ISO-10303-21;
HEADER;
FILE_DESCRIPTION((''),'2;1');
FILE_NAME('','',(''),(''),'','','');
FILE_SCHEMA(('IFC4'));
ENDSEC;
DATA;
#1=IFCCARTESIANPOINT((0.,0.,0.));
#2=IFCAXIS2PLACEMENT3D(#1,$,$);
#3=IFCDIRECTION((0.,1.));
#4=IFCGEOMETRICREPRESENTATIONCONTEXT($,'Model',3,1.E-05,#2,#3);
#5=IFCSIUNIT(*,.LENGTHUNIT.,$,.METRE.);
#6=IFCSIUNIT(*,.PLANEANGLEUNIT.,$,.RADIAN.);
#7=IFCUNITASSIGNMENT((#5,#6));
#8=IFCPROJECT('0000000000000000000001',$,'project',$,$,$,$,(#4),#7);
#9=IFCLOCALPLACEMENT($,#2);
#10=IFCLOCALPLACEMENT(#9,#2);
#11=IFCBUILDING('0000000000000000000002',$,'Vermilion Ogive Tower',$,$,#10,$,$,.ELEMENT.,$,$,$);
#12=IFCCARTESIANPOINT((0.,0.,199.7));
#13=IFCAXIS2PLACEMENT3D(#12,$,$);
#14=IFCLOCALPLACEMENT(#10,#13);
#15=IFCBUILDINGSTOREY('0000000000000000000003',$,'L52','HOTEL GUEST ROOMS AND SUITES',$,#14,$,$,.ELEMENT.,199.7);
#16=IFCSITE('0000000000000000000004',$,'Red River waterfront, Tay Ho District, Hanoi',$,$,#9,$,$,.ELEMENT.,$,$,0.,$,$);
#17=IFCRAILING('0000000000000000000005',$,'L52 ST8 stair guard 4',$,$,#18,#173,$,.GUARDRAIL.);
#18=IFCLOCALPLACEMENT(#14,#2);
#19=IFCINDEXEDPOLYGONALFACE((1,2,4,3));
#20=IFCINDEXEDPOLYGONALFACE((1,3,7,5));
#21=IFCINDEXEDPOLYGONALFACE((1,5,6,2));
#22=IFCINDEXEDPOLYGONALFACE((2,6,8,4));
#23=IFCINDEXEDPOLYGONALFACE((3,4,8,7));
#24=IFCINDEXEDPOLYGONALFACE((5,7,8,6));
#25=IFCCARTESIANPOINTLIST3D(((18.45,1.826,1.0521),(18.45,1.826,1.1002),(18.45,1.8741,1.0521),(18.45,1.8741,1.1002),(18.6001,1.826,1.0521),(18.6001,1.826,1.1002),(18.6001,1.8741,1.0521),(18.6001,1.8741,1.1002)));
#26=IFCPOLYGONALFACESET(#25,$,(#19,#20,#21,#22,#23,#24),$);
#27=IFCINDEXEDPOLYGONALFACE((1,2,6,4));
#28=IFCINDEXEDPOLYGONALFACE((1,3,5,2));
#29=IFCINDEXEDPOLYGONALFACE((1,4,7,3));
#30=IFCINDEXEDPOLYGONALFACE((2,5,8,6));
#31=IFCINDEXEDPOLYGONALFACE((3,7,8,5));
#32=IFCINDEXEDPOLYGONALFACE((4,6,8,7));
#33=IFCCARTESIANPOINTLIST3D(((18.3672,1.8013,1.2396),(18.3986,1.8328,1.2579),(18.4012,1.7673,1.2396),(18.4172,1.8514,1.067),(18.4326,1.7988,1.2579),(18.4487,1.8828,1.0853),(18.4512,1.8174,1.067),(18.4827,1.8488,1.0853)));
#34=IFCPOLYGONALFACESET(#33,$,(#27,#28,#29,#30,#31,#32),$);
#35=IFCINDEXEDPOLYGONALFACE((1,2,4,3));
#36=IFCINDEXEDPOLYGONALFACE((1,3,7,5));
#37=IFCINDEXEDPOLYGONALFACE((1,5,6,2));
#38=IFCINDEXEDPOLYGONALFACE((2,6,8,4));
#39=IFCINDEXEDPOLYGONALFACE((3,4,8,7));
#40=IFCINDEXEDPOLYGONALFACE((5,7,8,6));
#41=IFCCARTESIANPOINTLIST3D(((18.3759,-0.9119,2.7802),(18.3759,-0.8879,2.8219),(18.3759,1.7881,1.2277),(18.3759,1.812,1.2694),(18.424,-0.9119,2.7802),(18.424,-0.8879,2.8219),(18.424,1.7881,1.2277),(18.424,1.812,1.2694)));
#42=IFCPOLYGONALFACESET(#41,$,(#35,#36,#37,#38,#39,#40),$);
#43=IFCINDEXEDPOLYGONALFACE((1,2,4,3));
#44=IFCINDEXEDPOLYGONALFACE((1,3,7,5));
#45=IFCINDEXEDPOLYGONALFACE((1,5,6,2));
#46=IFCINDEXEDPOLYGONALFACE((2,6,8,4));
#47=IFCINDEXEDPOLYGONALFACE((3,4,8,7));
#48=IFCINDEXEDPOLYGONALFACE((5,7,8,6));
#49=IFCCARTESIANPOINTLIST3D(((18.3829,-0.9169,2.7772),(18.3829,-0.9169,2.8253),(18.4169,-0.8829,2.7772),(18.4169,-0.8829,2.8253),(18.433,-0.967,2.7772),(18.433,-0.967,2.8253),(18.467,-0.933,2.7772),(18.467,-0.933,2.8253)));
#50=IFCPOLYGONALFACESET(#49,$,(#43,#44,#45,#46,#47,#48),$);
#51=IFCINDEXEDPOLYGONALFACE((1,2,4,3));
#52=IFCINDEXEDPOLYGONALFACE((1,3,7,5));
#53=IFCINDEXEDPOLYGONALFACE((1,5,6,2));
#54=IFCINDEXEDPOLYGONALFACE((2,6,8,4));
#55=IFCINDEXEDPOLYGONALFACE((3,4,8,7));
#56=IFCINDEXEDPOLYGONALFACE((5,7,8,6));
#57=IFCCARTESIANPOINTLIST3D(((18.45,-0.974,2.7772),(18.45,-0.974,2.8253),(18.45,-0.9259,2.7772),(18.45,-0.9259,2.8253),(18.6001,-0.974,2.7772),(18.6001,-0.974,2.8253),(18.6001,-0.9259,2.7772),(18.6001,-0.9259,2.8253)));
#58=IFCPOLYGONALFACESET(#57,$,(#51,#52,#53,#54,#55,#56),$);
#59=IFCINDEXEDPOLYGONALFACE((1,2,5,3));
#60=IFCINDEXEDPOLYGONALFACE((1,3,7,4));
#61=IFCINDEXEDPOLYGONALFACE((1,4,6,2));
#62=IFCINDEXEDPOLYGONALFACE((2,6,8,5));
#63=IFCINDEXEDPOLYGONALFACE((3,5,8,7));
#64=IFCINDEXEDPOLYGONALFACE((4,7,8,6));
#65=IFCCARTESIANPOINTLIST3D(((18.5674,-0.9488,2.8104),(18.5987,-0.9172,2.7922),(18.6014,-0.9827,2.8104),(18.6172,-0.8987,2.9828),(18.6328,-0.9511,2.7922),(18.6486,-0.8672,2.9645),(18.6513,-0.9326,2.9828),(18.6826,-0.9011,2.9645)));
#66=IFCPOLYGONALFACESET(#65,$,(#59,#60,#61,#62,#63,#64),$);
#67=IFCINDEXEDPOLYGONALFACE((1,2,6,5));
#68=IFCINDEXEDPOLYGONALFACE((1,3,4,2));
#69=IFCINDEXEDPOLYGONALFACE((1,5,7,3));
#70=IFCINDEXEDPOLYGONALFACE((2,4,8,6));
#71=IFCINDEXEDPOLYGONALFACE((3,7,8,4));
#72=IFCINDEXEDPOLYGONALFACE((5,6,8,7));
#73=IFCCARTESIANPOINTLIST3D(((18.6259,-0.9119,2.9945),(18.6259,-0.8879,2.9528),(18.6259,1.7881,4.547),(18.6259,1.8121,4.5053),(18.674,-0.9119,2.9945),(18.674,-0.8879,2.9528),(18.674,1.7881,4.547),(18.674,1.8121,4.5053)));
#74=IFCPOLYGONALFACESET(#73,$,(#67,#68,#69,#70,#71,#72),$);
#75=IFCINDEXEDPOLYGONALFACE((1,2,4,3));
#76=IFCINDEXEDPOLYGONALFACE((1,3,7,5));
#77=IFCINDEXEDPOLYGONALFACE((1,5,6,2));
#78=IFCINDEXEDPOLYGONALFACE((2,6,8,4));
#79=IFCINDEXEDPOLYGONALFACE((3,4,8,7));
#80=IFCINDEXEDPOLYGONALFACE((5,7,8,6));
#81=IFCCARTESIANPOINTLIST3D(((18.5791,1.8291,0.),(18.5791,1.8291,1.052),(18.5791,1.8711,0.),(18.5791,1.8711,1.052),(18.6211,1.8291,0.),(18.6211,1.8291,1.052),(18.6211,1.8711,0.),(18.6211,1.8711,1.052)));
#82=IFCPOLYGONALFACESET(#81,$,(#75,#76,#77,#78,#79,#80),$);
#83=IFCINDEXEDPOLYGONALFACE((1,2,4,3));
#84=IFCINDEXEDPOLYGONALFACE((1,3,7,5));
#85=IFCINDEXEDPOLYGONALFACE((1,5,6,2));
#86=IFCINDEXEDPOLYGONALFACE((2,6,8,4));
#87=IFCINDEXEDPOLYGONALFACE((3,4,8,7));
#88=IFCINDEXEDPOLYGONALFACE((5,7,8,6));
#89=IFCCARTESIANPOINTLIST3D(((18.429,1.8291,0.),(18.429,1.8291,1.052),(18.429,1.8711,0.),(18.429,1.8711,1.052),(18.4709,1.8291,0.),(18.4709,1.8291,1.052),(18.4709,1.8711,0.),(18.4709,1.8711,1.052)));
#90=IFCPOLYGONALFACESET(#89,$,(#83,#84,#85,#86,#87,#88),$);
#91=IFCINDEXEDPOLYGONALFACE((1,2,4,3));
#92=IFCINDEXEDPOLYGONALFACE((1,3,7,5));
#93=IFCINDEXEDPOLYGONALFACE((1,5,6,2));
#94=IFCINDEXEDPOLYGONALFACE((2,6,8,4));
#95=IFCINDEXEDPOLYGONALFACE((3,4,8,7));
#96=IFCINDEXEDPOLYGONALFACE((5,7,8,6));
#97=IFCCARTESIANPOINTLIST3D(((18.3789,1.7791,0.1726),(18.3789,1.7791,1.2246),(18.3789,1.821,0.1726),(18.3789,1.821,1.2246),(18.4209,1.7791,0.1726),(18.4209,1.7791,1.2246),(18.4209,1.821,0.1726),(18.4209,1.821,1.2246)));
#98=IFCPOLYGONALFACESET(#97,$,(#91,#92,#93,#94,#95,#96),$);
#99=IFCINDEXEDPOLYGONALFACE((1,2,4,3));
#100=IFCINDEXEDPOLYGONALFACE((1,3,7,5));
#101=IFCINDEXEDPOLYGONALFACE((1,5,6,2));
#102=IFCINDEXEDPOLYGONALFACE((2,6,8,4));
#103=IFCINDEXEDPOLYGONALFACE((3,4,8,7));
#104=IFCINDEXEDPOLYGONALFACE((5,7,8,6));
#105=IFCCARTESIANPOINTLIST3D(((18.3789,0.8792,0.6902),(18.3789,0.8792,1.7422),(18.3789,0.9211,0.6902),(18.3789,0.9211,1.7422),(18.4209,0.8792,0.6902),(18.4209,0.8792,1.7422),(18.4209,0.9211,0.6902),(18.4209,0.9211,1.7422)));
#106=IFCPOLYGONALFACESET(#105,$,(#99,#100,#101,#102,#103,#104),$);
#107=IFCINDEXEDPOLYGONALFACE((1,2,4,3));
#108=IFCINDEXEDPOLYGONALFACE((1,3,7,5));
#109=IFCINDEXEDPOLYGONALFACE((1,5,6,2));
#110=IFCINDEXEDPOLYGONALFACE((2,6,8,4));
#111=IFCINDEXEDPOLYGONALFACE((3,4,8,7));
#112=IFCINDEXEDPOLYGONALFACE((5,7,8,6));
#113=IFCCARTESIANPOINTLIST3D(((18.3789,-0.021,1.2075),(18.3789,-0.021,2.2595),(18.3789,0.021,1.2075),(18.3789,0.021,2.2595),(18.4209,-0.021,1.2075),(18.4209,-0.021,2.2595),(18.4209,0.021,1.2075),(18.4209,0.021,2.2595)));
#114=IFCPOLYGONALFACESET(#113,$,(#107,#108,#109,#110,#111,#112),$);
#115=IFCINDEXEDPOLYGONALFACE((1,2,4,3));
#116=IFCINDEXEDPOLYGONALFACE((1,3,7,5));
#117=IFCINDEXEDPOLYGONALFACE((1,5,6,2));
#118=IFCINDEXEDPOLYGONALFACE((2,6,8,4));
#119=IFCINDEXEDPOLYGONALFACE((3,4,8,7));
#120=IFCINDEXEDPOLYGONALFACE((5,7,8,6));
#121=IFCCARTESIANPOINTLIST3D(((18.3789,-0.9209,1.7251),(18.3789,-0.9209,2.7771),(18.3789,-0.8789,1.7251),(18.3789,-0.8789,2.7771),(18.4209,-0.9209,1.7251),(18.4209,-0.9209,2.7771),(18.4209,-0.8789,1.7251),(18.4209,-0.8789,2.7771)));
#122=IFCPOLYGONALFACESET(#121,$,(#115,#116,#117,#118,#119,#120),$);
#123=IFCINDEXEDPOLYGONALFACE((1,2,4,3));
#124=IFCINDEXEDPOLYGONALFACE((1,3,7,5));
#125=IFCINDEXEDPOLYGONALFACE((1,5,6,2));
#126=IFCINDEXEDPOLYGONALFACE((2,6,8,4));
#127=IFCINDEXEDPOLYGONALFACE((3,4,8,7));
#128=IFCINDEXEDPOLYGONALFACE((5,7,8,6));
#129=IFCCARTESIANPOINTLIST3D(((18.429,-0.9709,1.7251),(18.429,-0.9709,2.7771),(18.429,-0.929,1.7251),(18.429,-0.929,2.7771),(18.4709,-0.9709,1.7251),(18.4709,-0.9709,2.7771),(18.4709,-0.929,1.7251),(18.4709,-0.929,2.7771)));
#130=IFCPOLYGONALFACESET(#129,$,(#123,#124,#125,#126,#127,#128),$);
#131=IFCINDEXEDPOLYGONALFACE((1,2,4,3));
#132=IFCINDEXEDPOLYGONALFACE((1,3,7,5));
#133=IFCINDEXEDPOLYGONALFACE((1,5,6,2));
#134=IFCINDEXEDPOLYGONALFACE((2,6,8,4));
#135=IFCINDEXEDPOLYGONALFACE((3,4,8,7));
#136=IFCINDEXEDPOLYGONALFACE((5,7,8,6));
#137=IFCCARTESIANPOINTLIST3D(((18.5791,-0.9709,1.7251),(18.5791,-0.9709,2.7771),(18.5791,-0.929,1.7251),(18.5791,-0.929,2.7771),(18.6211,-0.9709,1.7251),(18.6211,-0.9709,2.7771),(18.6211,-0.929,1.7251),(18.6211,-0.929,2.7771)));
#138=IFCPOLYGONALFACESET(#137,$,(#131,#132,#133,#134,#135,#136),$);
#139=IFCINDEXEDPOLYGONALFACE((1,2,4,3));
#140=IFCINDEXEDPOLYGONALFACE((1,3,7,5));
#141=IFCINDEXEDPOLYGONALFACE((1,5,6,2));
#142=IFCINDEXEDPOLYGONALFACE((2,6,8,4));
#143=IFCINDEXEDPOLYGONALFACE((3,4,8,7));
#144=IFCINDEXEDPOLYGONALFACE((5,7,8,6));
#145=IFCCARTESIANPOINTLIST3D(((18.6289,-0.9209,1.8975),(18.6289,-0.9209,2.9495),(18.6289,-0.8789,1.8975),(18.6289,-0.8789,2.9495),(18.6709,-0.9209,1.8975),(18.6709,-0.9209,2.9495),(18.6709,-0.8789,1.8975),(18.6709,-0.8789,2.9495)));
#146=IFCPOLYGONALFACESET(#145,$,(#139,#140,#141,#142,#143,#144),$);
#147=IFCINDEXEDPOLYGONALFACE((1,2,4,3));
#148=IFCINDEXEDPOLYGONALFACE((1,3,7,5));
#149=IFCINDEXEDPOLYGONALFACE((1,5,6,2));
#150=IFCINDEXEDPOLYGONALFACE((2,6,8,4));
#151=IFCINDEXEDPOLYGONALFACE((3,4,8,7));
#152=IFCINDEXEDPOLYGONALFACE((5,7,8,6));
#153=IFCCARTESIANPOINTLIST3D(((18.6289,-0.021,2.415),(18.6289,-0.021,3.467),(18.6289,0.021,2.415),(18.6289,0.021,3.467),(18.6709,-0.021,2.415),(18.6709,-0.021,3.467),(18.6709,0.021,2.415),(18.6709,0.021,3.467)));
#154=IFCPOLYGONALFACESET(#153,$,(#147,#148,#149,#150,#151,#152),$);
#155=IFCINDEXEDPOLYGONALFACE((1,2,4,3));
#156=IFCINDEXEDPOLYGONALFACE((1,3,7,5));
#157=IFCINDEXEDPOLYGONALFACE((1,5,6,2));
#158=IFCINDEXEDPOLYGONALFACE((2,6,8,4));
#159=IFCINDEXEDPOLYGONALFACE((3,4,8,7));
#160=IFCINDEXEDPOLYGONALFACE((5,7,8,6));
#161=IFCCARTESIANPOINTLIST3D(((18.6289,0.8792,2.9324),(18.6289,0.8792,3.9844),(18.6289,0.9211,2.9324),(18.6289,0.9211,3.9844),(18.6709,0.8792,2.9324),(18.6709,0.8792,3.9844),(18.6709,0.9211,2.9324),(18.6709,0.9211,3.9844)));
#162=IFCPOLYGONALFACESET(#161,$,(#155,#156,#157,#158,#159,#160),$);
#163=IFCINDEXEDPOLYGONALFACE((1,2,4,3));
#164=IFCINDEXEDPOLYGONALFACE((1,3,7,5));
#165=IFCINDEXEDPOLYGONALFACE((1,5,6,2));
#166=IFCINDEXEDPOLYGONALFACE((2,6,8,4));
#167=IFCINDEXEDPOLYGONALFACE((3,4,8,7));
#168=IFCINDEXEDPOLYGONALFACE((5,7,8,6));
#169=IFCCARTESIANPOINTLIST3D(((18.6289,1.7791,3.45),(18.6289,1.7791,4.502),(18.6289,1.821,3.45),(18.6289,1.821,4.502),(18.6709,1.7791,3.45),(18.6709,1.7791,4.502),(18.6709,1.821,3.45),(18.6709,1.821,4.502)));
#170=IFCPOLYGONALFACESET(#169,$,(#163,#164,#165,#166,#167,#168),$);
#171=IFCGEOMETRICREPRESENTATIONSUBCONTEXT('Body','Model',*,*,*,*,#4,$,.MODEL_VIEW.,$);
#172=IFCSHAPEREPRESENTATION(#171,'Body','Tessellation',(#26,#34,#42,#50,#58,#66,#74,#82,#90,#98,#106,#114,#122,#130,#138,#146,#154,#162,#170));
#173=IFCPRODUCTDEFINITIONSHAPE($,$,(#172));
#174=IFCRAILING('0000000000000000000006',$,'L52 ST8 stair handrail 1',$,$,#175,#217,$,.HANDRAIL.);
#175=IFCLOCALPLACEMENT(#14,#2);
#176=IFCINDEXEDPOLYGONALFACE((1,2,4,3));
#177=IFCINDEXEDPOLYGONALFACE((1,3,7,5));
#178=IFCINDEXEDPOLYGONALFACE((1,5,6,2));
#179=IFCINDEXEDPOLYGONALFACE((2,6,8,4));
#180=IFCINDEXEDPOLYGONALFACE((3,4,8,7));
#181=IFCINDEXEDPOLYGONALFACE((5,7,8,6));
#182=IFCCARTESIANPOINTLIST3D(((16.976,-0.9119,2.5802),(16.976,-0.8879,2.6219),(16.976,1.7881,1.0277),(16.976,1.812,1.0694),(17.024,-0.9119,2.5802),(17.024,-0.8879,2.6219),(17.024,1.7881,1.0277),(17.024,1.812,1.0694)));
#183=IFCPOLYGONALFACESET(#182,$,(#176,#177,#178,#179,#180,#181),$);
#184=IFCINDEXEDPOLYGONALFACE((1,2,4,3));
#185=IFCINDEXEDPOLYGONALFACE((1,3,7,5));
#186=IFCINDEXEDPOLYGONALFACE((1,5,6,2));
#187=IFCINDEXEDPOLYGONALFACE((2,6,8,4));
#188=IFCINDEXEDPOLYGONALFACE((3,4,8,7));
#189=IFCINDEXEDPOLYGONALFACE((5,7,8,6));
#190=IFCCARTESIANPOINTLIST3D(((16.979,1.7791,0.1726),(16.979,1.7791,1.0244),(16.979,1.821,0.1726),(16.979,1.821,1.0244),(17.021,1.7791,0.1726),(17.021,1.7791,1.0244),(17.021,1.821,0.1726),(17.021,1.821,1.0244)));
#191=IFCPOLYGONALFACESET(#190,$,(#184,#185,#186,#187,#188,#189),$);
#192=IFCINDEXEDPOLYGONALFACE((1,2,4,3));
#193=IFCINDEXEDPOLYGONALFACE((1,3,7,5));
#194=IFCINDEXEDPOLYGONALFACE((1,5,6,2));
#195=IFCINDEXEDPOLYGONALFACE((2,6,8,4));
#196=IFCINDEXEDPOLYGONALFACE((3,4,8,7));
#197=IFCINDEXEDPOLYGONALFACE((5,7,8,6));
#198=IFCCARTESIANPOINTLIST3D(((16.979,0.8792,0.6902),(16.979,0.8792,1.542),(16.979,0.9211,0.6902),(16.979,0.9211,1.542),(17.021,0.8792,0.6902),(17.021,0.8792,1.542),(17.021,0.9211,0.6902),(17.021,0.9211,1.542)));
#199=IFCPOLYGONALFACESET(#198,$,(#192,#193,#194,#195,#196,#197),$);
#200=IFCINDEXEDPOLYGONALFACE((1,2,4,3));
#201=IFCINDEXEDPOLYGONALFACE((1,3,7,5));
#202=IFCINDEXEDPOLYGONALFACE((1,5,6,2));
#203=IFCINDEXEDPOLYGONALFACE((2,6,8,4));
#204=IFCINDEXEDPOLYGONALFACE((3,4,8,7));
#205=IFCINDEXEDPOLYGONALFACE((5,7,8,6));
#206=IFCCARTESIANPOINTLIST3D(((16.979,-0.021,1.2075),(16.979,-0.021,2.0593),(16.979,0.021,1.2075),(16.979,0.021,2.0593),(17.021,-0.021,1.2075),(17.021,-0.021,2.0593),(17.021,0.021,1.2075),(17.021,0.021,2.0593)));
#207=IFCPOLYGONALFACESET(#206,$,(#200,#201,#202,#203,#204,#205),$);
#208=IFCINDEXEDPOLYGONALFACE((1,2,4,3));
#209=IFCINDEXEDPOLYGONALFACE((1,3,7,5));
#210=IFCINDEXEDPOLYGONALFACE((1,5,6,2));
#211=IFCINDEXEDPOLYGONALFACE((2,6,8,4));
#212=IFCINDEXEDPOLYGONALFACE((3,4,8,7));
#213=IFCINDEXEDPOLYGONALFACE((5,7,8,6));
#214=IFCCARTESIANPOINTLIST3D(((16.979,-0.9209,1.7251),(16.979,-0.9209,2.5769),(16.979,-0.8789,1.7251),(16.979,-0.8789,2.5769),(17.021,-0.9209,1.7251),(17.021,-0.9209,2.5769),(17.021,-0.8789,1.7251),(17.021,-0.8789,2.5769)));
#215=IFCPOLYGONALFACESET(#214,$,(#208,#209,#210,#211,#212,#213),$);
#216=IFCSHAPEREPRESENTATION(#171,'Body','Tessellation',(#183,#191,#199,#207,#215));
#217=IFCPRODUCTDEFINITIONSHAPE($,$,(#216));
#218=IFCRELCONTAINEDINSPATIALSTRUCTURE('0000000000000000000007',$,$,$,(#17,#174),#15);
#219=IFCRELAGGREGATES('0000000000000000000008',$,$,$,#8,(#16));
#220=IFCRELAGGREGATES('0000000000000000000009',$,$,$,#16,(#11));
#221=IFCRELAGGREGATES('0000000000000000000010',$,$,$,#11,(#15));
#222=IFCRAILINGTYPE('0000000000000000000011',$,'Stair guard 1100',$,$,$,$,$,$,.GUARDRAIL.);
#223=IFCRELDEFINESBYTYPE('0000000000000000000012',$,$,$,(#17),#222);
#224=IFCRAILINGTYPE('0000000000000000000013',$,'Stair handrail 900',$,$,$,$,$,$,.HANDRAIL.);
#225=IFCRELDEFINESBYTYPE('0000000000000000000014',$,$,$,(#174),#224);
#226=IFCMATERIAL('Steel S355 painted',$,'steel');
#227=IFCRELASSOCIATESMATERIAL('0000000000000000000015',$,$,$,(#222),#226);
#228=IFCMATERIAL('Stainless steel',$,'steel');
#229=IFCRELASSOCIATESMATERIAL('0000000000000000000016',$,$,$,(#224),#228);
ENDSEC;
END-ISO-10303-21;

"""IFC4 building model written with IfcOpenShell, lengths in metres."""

from ifc_helpers import new_model, si_unit, direction, frame, origin, origin_2d, place, context, subcontext, project, spatial, rectangle, extrude, material, type_object, element, save


model = new_model("IFC4")

# Units and contexts
model_context = context("Model", 3, precision=1e-05, world=origin(), true_north=direction((0.0, 1.0)))
body_context = subcontext(model_context, "Body", "Model", "MODEL_VIEW")
ifc_project = project(units=[si_unit("LENGTHUNIT", "METRE"), si_unit("PLANEANGLEUNIT", "RADIAN")], contexts=[model_context])

# Site, building, storey
site_placement = place(None, origin())
site = spatial("IfcSite", under=ifc_project, at=site_placement, Name="Red River waterfront, Tay Ho District, Hanoi", CompositionType="ELEMENT", RefElevation=0.0)
building_placement = place(site_placement, origin())
building = spatial("IfcBuilding", under=site, at=building_placement, Name="Vermilion Ogive Tower", CompositionType="ELEMENT")
storey_placement = place(building_placement, frame((0.0, 0.0, 199.7)))
storey = spatial("IfcBuildingStorey", under=building, at=storey_placement, Name="L52", Description="HOTEL GUEST ROOMS AND SUITES", CompositionType="ELEMENT", Elevation=199.7)

# Railings
ifc_material_1 = material(Name="Steel S355 painted", Category="steel")
railing_type_1 = type_object("IfcRailingType", Name="Stair guard 1100", PredefinedType="GUARDRAIL", material=ifc_material_1)
railing_1_placement = place(storey_placement, frame((18.6001, 1.8501, 0.0)))
element("IfcRailing", 1, at=railing_1_placement, inside=storey, type_object=railing_type_1, Name="L52 ST8 stair guard 4", PredefinedType="GUARDRAIL", context=body_context, shape_type="SweptSolid", body=[
    extrude(rectangle(XDim=0.0481, YDim=0.0481, at=origin_2d()), frame((0.0, 0.0, 1.0762), z_axis=(-1.0, 0.0, 0.0), x_axis=(0.0, -1.0, 0.0)), (0.0, 0.0, 1.0), 0.1501),
    extrude(rectangle(XDim=0.0481, YDim=0.0481, at=origin_2d()), frame((-0.1501, 0.0, 1.0762), z_axis=(-0.268278, -0.268278, 0.925232), x_axis=(0.707107, -0.707107, 0.0)), (0.0, 0.0, 1.0), 0.1865),
    extrude(rectangle(XDim=0.0481, YDim=0.0481, at=origin_2d()), frame((-0.2002, -0.05, 1.2485), z_axis=(0.0, -0.866904, 0.498476), x_axis=(1.0, 0.0, 0.0)), (0.0, 0.0, 1.0), 3.1145),
    extrude(rectangle(XDim=0.0481, YDim=0.0481, at=origin_2d()), frame((-0.2002, -2.75, 2.8013), z_axis=(0.707107, -0.707107, 0.0), x_axis=(0.707107, 0.707107, 0.0)), (0.0, 0.0, 1.0), 0.0708),
    extrude(rectangle(XDim=0.0481, YDim=0.0481, at=origin_2d()), frame((-0.1501, -2.8, 2.8013), z_axis=(1.0, 0.0, 0.0), x_axis=(0.0, 1.0, 0.0)), (0.0, 0.0, 1.0), 0.1501),
    extrude(rectangle(XDim=0.0481, YDim=0.0481, at=origin_2d()), frame((0.0, -2.8, 2.8013), z_axis=(0.267387, 0.268698, 0.925368), x_axis=(-0.708834, 0.705376, 0.0)), (0.0, 0.0, 1.0), 0.1863),
    extrude(rectangle(XDim=0.0481, YDim=0.0481, at=origin_2d()), frame((0.0498, -2.75, 2.9736), z_axis=(0.0, 0.866904, 0.498476), x_axis=(-1.0, 0.0, 0.0)), (0.0, 0.0, 1.0), 3.1145),
    extrude(rectangle(XDim=0.042, YDim=0.042, at=origin_2d()), origin(), (0.0, 0.0, 1.0), 1.052),
    extrude(rectangle(XDim=0.042, YDim=0.042, at=origin_2d()), frame((-0.1501, 0.0, 0.0)), (0.0, 0.0, 1.0), 1.052),
    extrude(rectangle(XDim=0.042, YDim=0.042, at=origin_2d()), frame((-0.2002, -0.05, 0.1726)), (0.0, 0.0, 1.0), 1.052),
    extrude(rectangle(XDim=0.042, YDim=0.042, at=origin_2d()), frame((-0.2002, -0.95, 0.6902)), (0.0, 0.0, 1.0), 1.052),
    extrude(rectangle(XDim=0.042, YDim=0.042, at=origin_2d()), frame((-0.2002, -1.8501, 1.2075)), (0.0, 0.0, 1.0), 1.052),
    extrude(rectangle(XDim=0.042, YDim=0.042, at=origin_2d()), frame((-0.2002, -2.75, 1.7251)), (0.0, 0.0, 1.0), 1.052),
    extrude(rectangle(XDim=0.042, YDim=0.042, at=origin_2d()), frame((-0.1501, -2.8, 1.7251)), (0.0, 0.0, 1.0), 1.052),
    extrude(rectangle(XDim=0.042, YDim=0.042, at=origin_2d()), frame((0.0, -2.8, 1.7251)), (0.0, 0.0, 1.0), 1.052),
    extrude(rectangle(XDim=0.042, YDim=0.042, at=origin_2d()), frame((0.0498, -2.75, 1.8975)), (0.0, 0.0, 1.0), 1.052),
    extrude(rectangle(XDim=0.042, YDim=0.042, at=origin_2d()), frame((0.0498, -1.8501, 2.415)), (0.0, 0.0, 1.0), 1.052),
    extrude(rectangle(XDim=0.042, YDim=0.042, at=origin_2d()), frame((0.0498, -0.95, 2.9324)), (0.0, 0.0, 1.0), 1.052),
    extrude(rectangle(XDim=0.042, YDim=0.042, at=origin_2d()), frame((0.0498, -0.05, 3.45)), (0.0, 0.0, 1.0), 1.052),
])
ifc_material_2 = material(Name="Stainless steel", Category="steel")
railing_type_2 = type_object("IfcRailingType", Name="Stair handrail 900", PredefinedType="HANDRAIL", material=ifc_material_2)
railing_2_placement = place(storey_placement, frame((17.0, 1.8, 0.1726)))
element("IfcRailing", 2, at=railing_2_placement, inside=storey, type_object=railing_type_2, Name="L52 ST8 stair handrail 1", PredefinedType="HANDRAIL", context=body_context, shape_type="SweptSolid", body=[
    extrude(rectangle(XDim=0.0481, YDim=0.0481, at=origin_2d()), frame((0.0, 0.0, 0.876), z_axis=(0.0, -0.866904, 0.498476), x_axis=(1.0, 0.0, 0.0)), (0.0, 0.0, 1.0), 3.1145),
    extrude(rectangle(XDim=0.042, YDim=0.042, at=origin_2d()), origin(), (0.0, 0.0, 1.0), 0.8518),
    extrude(rectangle(XDim=0.042, YDim=0.042, at=origin_2d()), frame((0.0, -0.8999, 0.5176)), (0.0, 0.0, 1.0), 0.8518),
    extrude(rectangle(XDim=0.042, YDim=0.042, at=origin_2d()), frame((0.0, -1.8, 1.0349)), (0.0, 0.0, 1.0), 0.8518),
    extrude(rectangle(XDim=0.042, YDim=0.042, at=origin_2d()), frame((0.0, -2.7, 1.5525)), (0.0, 0.0, 1.0), 0.8518),
])

save(model, "model.ifc")
